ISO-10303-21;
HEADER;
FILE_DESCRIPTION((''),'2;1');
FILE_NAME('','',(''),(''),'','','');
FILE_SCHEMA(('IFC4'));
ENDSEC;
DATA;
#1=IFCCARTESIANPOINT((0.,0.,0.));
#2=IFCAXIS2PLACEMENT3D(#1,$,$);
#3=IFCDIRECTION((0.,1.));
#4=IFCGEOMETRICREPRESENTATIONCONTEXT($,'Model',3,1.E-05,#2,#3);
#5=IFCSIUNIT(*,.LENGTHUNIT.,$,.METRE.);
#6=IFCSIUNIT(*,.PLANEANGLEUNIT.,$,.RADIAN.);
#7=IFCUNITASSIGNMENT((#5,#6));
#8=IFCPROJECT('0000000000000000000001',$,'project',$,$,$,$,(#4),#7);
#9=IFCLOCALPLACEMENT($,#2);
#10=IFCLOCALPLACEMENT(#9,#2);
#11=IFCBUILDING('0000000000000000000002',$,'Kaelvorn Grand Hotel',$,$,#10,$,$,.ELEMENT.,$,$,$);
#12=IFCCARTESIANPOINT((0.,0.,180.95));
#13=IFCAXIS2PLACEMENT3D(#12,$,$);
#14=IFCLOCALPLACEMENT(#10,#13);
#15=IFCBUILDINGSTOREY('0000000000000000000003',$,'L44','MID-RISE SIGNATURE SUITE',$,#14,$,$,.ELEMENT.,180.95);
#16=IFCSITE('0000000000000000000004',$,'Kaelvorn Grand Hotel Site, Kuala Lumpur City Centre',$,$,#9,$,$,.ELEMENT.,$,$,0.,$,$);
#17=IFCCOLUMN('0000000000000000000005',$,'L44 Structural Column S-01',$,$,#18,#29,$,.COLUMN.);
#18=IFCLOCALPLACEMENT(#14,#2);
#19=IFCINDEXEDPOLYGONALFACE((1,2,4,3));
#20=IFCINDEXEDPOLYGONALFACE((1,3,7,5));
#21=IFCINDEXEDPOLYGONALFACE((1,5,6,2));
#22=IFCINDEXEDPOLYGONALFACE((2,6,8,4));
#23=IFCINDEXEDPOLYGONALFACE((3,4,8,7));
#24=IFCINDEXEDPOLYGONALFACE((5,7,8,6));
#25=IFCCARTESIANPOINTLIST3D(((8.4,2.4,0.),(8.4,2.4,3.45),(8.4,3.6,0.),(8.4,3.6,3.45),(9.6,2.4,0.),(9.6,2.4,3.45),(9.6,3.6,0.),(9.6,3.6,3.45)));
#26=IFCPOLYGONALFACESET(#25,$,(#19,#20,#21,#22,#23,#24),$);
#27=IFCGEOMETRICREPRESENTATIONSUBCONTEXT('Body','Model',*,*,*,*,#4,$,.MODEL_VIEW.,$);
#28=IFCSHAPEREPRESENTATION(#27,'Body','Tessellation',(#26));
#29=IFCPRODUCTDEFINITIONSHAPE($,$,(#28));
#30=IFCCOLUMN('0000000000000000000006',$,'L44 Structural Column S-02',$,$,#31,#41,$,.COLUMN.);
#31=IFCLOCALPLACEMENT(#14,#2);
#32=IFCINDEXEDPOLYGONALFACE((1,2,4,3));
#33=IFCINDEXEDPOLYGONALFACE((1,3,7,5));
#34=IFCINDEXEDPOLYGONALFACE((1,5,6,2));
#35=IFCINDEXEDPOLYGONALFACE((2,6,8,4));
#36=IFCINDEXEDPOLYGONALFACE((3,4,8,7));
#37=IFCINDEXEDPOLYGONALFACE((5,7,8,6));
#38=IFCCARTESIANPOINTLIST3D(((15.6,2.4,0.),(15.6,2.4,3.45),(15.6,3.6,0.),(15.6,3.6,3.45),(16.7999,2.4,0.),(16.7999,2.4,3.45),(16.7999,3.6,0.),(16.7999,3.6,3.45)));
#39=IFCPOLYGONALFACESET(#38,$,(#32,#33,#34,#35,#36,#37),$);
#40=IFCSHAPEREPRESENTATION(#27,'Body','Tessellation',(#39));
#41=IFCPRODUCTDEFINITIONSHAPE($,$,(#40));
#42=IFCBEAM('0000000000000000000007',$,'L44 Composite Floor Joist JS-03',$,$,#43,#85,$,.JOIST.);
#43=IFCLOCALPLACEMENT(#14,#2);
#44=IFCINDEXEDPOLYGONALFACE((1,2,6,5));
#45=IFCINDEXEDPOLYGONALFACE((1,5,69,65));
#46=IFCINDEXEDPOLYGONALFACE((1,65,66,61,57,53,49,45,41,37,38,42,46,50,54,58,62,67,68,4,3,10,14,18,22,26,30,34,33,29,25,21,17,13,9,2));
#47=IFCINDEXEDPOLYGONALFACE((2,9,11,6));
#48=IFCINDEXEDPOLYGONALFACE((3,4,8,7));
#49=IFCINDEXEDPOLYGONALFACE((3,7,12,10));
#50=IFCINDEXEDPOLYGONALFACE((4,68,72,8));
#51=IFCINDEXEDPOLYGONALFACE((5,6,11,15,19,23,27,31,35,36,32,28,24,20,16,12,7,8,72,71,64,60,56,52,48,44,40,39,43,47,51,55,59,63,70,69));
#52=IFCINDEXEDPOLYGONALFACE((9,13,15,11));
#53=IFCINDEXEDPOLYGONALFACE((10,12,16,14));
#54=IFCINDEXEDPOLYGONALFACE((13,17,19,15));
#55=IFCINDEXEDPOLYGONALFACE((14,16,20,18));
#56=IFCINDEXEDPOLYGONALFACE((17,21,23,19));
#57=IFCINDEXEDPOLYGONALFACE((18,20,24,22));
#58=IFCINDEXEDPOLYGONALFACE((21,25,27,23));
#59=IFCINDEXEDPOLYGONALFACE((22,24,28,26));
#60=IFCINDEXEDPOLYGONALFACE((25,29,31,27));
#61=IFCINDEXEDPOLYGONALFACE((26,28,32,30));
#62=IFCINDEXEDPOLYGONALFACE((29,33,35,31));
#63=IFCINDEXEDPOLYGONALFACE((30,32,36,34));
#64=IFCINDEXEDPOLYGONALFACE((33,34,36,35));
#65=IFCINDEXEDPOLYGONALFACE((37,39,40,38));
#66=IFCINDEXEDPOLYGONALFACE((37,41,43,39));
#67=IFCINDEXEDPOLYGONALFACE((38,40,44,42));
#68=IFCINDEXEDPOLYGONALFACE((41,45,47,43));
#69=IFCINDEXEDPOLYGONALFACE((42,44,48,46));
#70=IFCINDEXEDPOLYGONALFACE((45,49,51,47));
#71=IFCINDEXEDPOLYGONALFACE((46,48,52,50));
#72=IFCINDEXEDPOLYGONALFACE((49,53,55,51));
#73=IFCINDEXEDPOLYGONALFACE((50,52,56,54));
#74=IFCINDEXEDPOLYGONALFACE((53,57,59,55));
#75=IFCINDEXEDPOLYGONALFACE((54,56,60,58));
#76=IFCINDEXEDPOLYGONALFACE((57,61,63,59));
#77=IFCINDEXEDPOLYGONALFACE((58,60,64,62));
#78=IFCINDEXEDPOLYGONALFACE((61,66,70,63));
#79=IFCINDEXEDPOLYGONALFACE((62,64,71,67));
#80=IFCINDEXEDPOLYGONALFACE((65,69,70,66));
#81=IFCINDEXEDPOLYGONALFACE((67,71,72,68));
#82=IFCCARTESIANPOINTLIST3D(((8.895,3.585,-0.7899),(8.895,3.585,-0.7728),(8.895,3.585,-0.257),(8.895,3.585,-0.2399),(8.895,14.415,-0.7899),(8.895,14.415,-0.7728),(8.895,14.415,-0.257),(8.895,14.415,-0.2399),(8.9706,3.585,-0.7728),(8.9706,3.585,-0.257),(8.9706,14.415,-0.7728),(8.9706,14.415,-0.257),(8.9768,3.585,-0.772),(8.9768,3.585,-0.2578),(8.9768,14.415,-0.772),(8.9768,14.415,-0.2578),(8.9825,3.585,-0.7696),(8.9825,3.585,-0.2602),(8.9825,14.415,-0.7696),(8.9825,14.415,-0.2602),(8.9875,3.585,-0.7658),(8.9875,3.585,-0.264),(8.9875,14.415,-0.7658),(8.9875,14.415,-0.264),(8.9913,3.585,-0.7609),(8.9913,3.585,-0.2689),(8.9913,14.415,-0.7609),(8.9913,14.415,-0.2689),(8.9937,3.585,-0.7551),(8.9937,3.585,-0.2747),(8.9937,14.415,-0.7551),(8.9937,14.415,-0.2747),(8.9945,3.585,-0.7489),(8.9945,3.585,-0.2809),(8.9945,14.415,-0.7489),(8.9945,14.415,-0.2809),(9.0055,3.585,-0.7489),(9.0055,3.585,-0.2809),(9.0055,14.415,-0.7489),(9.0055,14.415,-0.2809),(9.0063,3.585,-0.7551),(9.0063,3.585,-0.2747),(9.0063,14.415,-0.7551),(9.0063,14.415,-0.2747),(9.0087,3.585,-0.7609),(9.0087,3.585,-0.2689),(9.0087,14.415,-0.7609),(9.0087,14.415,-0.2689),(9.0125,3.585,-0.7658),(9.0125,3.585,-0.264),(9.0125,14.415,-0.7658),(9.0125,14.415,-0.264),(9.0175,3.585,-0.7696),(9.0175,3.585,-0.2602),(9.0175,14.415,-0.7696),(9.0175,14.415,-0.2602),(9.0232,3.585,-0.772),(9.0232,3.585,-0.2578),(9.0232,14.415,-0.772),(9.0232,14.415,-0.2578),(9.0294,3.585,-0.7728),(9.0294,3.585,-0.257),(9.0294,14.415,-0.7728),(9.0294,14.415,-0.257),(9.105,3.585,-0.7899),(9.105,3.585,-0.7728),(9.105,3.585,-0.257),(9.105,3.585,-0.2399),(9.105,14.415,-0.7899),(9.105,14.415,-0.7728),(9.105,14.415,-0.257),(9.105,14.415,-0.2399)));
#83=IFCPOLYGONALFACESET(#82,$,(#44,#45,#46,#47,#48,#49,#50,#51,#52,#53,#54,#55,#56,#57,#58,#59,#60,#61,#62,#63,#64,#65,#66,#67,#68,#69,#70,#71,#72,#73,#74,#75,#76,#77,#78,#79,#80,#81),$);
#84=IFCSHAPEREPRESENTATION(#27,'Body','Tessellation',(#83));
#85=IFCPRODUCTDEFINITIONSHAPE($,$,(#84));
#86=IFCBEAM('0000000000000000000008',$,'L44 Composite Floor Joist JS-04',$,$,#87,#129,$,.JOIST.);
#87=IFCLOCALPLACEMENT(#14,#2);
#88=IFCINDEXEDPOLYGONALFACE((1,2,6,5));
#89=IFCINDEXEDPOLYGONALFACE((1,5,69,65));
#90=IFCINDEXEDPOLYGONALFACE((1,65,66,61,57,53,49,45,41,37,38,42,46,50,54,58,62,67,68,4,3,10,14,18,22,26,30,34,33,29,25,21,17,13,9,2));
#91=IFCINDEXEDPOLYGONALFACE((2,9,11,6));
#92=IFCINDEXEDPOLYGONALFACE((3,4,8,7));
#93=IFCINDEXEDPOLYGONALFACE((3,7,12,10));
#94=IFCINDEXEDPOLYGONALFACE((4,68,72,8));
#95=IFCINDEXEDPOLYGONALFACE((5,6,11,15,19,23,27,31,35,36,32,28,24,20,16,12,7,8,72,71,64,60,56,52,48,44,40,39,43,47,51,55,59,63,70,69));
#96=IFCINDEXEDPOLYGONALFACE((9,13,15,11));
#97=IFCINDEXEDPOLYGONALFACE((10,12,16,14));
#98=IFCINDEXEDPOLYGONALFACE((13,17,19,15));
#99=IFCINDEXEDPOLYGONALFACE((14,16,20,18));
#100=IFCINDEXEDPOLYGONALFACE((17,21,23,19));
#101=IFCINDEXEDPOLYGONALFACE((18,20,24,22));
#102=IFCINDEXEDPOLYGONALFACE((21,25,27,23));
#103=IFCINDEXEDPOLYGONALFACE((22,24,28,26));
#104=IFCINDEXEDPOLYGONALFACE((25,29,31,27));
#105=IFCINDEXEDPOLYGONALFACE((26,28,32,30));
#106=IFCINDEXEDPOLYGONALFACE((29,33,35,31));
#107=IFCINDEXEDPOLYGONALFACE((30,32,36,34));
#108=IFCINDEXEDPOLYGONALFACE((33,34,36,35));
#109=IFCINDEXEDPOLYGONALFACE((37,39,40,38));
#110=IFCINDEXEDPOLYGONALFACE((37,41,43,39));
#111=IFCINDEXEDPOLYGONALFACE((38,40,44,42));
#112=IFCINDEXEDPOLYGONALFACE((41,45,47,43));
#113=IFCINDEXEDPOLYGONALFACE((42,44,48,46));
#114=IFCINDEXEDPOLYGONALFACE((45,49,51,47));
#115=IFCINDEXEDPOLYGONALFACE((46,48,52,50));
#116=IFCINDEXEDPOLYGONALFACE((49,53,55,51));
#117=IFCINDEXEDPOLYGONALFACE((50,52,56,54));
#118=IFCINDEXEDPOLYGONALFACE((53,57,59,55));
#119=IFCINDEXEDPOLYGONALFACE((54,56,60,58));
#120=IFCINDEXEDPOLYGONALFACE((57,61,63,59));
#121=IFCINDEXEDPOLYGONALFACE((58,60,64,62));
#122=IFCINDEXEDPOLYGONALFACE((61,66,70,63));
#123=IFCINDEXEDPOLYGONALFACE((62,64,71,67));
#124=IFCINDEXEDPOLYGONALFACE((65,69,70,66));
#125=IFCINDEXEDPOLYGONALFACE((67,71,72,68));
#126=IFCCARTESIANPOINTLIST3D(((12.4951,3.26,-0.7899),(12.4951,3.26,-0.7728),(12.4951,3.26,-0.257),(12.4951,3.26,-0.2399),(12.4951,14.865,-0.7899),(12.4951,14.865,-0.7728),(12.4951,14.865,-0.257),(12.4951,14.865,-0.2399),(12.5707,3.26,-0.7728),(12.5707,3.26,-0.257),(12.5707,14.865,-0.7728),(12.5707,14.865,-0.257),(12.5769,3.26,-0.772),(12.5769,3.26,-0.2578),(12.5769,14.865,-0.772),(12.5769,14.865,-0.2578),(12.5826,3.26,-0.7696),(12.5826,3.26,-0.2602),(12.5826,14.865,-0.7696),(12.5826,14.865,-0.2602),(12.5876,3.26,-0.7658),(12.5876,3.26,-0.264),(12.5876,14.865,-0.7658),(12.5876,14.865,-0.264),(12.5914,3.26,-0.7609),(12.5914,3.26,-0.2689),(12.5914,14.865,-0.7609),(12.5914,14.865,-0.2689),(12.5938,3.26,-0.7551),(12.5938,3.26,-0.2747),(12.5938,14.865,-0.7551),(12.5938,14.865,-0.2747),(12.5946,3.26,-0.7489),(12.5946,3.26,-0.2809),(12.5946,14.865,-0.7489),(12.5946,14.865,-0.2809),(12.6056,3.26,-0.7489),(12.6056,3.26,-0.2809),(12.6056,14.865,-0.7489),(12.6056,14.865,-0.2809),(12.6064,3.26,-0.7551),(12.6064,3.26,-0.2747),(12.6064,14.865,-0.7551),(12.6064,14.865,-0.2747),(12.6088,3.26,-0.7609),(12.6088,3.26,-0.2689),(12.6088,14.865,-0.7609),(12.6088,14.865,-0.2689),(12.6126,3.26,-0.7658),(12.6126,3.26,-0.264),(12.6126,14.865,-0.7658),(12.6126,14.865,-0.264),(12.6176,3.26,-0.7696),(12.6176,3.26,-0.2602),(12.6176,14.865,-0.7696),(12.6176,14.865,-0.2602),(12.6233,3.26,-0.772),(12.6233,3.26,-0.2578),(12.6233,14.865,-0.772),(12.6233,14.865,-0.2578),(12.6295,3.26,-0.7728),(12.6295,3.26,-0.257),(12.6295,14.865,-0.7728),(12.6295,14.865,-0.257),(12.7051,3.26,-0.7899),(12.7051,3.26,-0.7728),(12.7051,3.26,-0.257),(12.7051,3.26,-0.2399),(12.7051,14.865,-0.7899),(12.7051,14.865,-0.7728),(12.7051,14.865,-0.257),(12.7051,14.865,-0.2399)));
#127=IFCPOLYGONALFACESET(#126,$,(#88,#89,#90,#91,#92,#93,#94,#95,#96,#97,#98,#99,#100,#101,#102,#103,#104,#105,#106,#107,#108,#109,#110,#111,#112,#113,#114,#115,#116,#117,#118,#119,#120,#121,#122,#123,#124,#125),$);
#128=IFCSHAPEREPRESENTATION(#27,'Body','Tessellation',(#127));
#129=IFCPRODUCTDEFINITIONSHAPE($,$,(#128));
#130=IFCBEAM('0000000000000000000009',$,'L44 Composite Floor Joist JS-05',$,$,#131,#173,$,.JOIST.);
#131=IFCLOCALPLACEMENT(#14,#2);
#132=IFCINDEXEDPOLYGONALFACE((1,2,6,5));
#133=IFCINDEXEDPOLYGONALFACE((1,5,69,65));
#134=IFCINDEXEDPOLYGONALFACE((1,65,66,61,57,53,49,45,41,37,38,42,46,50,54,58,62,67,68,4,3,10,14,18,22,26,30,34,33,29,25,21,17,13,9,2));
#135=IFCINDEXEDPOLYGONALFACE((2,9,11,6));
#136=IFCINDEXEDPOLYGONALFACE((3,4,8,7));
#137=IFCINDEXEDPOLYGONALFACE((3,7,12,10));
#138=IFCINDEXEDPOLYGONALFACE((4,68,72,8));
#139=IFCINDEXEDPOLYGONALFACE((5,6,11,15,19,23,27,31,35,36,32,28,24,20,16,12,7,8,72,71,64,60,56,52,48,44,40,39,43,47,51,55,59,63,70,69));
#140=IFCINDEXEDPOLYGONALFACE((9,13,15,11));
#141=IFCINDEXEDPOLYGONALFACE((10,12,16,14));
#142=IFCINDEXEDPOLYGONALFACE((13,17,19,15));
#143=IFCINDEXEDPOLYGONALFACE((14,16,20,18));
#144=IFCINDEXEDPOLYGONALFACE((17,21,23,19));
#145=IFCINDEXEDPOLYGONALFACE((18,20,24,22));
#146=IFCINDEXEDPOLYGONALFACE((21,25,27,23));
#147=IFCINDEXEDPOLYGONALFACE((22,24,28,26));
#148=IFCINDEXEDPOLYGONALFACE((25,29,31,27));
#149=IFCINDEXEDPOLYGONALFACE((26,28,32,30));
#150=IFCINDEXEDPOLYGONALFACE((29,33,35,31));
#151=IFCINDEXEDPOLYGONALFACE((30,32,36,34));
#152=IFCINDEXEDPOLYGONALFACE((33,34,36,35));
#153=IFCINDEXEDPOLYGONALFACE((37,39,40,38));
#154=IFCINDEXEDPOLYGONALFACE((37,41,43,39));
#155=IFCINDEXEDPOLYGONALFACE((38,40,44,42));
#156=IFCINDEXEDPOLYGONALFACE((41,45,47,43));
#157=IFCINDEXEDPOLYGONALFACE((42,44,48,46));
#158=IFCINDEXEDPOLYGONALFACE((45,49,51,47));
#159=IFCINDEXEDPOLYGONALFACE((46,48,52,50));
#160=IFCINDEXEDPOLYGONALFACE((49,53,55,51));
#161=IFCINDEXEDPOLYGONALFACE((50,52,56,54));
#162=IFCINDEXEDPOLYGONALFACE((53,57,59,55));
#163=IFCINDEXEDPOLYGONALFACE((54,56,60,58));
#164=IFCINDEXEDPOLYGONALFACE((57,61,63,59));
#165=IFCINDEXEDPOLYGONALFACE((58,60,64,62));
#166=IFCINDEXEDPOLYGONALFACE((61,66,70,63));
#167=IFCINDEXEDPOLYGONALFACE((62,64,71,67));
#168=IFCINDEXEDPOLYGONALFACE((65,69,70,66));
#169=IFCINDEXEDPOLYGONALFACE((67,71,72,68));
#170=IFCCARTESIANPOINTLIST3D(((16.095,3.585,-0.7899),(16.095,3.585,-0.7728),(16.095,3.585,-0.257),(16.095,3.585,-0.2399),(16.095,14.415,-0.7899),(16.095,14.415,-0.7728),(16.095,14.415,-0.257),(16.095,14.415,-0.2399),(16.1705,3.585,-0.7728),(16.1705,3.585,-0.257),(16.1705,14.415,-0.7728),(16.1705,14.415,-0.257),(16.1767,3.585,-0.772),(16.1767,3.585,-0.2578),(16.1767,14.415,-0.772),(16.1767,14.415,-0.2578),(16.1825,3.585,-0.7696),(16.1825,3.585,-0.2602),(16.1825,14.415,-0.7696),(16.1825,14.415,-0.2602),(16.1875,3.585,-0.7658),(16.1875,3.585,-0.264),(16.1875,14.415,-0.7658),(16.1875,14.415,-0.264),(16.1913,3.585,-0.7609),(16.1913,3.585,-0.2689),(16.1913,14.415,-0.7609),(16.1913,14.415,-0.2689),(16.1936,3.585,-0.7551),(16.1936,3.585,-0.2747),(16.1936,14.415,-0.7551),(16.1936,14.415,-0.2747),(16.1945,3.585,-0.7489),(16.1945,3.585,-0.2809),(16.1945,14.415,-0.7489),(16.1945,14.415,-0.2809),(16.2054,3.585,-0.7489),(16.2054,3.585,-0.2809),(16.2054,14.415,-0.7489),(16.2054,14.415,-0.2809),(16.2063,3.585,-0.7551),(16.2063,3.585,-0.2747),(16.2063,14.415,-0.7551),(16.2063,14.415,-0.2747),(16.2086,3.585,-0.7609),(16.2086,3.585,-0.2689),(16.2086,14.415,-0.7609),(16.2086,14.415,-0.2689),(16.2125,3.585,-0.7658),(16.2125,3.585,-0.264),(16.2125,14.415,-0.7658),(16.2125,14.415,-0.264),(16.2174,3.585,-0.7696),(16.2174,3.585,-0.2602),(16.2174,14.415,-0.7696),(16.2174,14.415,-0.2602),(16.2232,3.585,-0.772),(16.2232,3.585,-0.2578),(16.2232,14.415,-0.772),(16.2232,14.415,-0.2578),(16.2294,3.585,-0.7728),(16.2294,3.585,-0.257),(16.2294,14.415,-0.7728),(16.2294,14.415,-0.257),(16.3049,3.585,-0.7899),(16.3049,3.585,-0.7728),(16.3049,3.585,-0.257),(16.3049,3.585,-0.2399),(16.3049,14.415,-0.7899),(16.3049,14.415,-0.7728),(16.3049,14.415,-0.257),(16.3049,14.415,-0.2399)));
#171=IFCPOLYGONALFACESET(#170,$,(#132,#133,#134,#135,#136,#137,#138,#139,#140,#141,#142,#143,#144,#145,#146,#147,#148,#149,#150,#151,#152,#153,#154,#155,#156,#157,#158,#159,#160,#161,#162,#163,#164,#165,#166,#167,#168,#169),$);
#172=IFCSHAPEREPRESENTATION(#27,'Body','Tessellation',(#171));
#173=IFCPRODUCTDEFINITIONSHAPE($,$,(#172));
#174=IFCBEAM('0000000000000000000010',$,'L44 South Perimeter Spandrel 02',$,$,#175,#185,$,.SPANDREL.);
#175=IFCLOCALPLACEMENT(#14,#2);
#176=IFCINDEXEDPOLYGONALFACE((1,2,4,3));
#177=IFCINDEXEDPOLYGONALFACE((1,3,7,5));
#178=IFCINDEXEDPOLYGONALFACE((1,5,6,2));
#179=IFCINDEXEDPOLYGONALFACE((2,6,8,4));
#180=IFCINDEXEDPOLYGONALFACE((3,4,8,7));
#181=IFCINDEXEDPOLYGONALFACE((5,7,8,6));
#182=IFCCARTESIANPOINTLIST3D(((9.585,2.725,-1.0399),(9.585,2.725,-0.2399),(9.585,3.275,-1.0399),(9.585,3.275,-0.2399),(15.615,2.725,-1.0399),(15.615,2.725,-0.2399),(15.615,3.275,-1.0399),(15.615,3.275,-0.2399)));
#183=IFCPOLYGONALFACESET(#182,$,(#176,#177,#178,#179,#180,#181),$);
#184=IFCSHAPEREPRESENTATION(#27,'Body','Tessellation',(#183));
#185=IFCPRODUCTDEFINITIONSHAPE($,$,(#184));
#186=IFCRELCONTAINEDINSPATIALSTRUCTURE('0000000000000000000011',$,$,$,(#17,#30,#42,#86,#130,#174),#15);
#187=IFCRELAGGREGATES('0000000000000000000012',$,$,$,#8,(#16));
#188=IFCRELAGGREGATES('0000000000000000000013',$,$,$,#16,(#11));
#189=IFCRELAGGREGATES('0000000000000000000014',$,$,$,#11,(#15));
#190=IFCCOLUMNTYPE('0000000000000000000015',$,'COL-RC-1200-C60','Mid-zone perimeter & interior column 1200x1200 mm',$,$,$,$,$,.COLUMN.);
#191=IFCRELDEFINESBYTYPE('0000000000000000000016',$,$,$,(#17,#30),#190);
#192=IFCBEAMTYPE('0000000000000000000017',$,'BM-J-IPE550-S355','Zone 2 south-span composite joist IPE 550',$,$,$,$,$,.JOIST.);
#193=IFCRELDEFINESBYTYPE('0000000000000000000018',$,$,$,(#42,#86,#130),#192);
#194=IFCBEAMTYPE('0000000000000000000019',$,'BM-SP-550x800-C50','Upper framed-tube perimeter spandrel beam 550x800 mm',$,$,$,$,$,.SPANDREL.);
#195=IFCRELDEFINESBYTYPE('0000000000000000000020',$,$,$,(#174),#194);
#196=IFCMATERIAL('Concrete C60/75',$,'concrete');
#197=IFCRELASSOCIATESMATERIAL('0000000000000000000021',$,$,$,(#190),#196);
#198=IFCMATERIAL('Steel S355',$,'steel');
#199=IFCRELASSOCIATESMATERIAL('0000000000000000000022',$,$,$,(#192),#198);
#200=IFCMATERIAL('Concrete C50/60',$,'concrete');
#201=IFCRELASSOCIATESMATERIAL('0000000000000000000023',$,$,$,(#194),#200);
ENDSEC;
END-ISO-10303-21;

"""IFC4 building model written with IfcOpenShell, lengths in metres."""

from ifc_helpers import new_model, si_unit, direction, frame, origin, origin_2d, place, context, subcontext, project, spatial, rectangle, i_section, extrude, material, material_profile, profile_set, type_object, element, save


model = new_model("IFC4")

# Units and contexts
model_context = context("Model", 3, precision=1e-05, world=origin(), true_north=direction((0.0, 1.0)))
body_context = subcontext(model_context, "Body", "Model", "MODEL_VIEW")
ifc_project = project(units=[si_unit("LENGTHUNIT", "METRE"), si_unit("PLANEANGLEUNIT", "RADIAN")], contexts=[model_context])

# Site, building, storey
site_placement = place(None, origin())
site = spatial("IfcSite", under=ifc_project, at=site_placement, Name="Kaelvorn Grand Hotel Site, Kuala Lumpur City Centre", CompositionType="ELEMENT", RefElevation=0.0)
building_placement = place(site_placement, origin())
building = spatial("IfcBuilding", under=site, at=building_placement, Name="Kaelvorn Grand Hotel", CompositionType="ELEMENT")
storey_placement = place(building_placement, frame((0.0, 0.0, 180.95)))
storey = spatial("IfcBuildingStorey", under=building, at=storey_placement, Name="L44", Description="MID-RISE SIGNATURE SUITE", CompositionType="ELEMENT", Elevation=180.95)

# Columns
ifc_material_1 = material(Name="Concrete C60/75", Category="concrete")
ifc_material_profile_1 = material_profile(ifc_material_1, rectangle(XDim=1.2, YDim=1.2, at=origin_2d()), Name="RC COL 1200x1200")
ifc_profile_set_1 = profile_set([ifc_material_profile_1], Name="Concrete C60/75")
column_type = type_object("IfcColumnType", Name="COL-RC-1200-C60", Description="Mid-zone perimeter & interior column 1200x1200 mm", PredefinedType="COLUMN", material=ifc_profile_set_1)
for number, where, z_axis, x_axis, name in (
    (1, (9.0, 3.0, 0.0), (0.0, 0.0, 1.0), (1.0, 0.0, 0.0), "L44 Structural Column S-01"),
    (2, (16.2, 3.0, 0.0), (0.0, 0.0, 1.0), (1.0, 0.0, 0.0), "L44 Structural Column S-02"),
):
    element("IfcColumn", number, at=place(storey_placement, frame(where, z_axis=z_axis, x_axis=x_axis)), inside=storey, type_object=column_type, Name=name, PredefinedType="COLUMN", context=body_context, shape_type="SweptSolid", body=[
        extrude(rectangle(XDim=1.2, YDim=1.2, at=origin_2d()), origin(), (0.0, 0.0, 1.0), 3.45),
    ])

# Beams
ifc_material_2 = material(Name="Steel S355", Category="steel")
ifc_material_profile_2 = material_profile(ifc_material_2, i_section(OverallWidth=0.21, OverallDepth=0.55, WebThickness=0.011, FlangeThickness=0.0171, FilletRadius=0.0239, at=origin_2d()), Name="IPE 550")
ifc_profile_set_2 = profile_set([ifc_material_profile_2], Name="Steel S355")
beam_type_1 = type_object("IfcBeamType", Name="BM-J-IPE550-S355", Description="Zone 2 south-span composite joist IPE 550", PredefinedType="JOIST", material=ifc_profile_set_2)
beam_1_placement = place(storey_placement, frame((9.0, 3.585, -0.5149), z_axis=(0.0, 1.0, 0.0), x_axis=(-1.0, 0.0, 0.0)))
element("IfcBeam", 3, at=beam_1_placement, inside=storey, type_object=beam_type_1, Name="L44 Composite Floor Joist JS-03", PredefinedType="JOIST", context=body_context, shape_type="SweptSolid", body=[
    extrude(i_section(OverallWidth=0.21, OverallDepth=0.55, WebThickness=0.011, FlangeThickness=0.0171, FilletRadius=0.0239, at=origin_2d()), origin(), (0.0, 0.0, 1.0), 10.8301),
])
beam_2_placement = place(storey_placement, frame((12.6001, 3.26, -0.5149), z_axis=(0.0, 1.0, 0.0), x_axis=(-1.0, 0.0, 0.0)))
element("IfcBeam", 4, at=beam_2_placement, inside=storey, type_object=beam_type_1, Name="L44 Composite Floor Joist JS-04", PredefinedType="JOIST", context=body_context, shape_type="SweptSolid", body=[
    extrude(i_section(OverallWidth=0.21, OverallDepth=0.55, WebThickness=0.011, FlangeThickness=0.0171, FilletRadius=0.0239, at=origin_2d()), origin(), (0.0, 0.0, 1.0), 11.605),
])
beam_3_placement = place(storey_placement, frame((16.2, 3.585, -0.5149), z_axis=(0.0, 1.0, 0.0), x_axis=(-1.0, 0.0, 0.0)))
element("IfcBeam", 5, at=beam_3_placement, inside=storey, type_object=beam_type_1, Name="L44 Composite Floor Joist JS-05", PredefinedType="JOIST", context=body_context, shape_type="SweptSolid", body=[
    extrude(i_section(OverallWidth=0.21, OverallDepth=0.55, WebThickness=0.011, FlangeThickness=0.0171, FilletRadius=0.0239, at=origin_2d()), origin(), (0.0, 0.0, 1.0), 10.8301),
])
ifc_material_3 = material(Name="Concrete C50/60", Category="concrete")
ifc_material_profile_3 = material_profile(ifc_material_3, rectangle(XDim=0.55, YDim=0.8, at=origin_2d()), Name="RC SPANDREL 550x800")
ifc_profile_set_3 = profile_set([ifc_material_profile_3], Name="Concrete C50/60")
beam_type_2 = type_object("IfcBeamType", Name="BM-SP-550x800-C50", Description="Upper framed-tube perimeter spandrel beam 550x800 mm", PredefinedType="SPANDREL", material=ifc_profile_set_3)
beam_4_placement = place(storey_placement, frame((9.585, 3.0, -0.6399), z_axis=(1.0, 0.0, 0.0), x_axis=(0.0, 1.0, 0.0)))
element("IfcBeam", 6, at=beam_4_placement, inside=storey, type_object=beam_type_2, Name="L44 South Perimeter Spandrel 02", PredefinedType="SPANDREL", context=body_context, shape_type="SweptSolid", body=[
    extrude(rectangle(XDim=0.55, YDim=0.8, at=origin_2d()), origin(), (0.0, 0.0, 1.0), 6.03),
])

save(model, "model.ifc")
